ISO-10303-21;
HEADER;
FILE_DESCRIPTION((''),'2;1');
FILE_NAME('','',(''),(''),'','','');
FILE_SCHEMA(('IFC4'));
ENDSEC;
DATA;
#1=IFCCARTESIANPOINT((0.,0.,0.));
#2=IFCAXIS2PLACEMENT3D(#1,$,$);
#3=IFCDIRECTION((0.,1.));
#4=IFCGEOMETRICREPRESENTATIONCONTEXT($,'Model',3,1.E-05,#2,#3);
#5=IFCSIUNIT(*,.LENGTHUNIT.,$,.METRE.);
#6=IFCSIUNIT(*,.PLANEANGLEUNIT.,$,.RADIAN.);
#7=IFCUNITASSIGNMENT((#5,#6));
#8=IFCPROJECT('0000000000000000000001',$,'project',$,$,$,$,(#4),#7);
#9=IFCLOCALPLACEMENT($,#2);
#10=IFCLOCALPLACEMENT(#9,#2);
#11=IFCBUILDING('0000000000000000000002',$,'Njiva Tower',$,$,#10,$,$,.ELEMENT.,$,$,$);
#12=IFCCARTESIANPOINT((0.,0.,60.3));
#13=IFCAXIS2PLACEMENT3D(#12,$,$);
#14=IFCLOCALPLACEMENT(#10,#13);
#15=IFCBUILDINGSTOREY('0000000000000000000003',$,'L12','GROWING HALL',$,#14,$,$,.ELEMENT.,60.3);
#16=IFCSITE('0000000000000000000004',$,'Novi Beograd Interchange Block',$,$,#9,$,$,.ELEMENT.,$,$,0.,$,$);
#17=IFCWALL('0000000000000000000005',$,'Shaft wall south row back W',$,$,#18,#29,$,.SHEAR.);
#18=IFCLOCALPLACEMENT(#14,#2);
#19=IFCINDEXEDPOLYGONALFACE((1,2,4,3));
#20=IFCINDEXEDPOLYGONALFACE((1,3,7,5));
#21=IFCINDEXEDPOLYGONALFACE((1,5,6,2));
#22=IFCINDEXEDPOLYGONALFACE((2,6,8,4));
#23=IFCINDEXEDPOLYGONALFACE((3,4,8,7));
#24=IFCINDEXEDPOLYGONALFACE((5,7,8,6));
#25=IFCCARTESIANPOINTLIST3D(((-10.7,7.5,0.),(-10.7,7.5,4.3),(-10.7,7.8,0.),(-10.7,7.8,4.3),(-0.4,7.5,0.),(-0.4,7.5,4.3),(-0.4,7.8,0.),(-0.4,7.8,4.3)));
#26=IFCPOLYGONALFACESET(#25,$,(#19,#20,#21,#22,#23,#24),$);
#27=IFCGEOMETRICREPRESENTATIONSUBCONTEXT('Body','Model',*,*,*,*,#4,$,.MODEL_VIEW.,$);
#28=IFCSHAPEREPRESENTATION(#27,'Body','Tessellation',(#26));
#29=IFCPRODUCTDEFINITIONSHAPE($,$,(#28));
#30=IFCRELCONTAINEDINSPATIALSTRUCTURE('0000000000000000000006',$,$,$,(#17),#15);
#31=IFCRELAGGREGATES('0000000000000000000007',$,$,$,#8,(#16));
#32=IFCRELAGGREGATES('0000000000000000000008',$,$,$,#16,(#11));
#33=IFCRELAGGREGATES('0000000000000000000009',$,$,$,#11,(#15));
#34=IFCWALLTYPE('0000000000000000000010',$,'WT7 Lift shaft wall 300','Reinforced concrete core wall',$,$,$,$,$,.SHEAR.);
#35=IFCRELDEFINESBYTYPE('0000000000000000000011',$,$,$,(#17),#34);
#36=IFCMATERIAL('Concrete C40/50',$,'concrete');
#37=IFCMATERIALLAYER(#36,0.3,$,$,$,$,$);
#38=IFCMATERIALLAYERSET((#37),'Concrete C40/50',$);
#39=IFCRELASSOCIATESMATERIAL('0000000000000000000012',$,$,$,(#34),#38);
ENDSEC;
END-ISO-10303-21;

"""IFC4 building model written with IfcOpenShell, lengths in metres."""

from ifc_helpers import new_model, si_unit, direction, frame, frame_2d, origin, place, context, subcontext, project, spatial, rectangle, extrude, material, layer, layer_set, type_object, element, save


model = new_model("IFC4")

# Units and contexts
model_context = context("Model", 3, precision=1e-05, world=origin(), true_north=direction((0.0, 1.0)))
body_context = subcontext(model_context, "Body", "Model", "MODEL_VIEW")
ifc_project = project(units=[si_unit("LENGTHUNIT", "METRE"), si_unit("PLANEANGLEUNIT", "RADIAN")], contexts=[model_context])

# Site, building, storey
site_placement = place(None, origin())
site = spatial("IfcSite", under=ifc_project, at=site_placement, Name="Novi Beograd Interchange Block", CompositionType="ELEMENT", RefElevation=0.0)
building_placement = place(site_placement, origin())
building = spatial("IfcBuilding", under=site, at=building_placement, Name="Njiva Tower", CompositionType="ELEMENT")
storey_placement = place(building_placement, frame((0.0, 0.0, 60.3)))
storey = spatial("IfcBuildingStorey", under=building, at=storey_placement, Name="L12", Description="GROWING HALL", CompositionType="ELEMENT", Elevation=60.3)

# Shared definitions
ifc_material_1 = material(Name="Concrete C40/50", Category="concrete")

# Wall
ifc_layer_1 = layer(ifc_material_1, 0.3)
ifc_layer_set_1 = layer_set([ifc_layer_1], Name="Concrete C40/50")
wall_type_1 = type_object("IfcWallType", Name="WT7 Lift shaft wall 300", Description="Reinforced concrete core wall", PredefinedType="SHEAR", material=ifc_layer_set_1)
wall_1_placement = place(storey_placement, frame((-10.7, 7.65, 0.0), z_axis=(0.0, 0.0, 1.0), x_axis=(1.0, 0.0, 0.0)))
element("IfcWall", 1, at=wall_1_placement, inside=storey, type_object=wall_type_1, Name="Shaft wall south row back W", PredefinedType="SHEAR", context=body_context, shape_type="SweptSolid", body=[
    extrude(rectangle(XDim=10.3, YDim=0.3, at=frame_2d((5.15, 0.0))), origin(), (0.0, 0.0, 1.0), 4.3),
])

save(model, "model.ifc")
